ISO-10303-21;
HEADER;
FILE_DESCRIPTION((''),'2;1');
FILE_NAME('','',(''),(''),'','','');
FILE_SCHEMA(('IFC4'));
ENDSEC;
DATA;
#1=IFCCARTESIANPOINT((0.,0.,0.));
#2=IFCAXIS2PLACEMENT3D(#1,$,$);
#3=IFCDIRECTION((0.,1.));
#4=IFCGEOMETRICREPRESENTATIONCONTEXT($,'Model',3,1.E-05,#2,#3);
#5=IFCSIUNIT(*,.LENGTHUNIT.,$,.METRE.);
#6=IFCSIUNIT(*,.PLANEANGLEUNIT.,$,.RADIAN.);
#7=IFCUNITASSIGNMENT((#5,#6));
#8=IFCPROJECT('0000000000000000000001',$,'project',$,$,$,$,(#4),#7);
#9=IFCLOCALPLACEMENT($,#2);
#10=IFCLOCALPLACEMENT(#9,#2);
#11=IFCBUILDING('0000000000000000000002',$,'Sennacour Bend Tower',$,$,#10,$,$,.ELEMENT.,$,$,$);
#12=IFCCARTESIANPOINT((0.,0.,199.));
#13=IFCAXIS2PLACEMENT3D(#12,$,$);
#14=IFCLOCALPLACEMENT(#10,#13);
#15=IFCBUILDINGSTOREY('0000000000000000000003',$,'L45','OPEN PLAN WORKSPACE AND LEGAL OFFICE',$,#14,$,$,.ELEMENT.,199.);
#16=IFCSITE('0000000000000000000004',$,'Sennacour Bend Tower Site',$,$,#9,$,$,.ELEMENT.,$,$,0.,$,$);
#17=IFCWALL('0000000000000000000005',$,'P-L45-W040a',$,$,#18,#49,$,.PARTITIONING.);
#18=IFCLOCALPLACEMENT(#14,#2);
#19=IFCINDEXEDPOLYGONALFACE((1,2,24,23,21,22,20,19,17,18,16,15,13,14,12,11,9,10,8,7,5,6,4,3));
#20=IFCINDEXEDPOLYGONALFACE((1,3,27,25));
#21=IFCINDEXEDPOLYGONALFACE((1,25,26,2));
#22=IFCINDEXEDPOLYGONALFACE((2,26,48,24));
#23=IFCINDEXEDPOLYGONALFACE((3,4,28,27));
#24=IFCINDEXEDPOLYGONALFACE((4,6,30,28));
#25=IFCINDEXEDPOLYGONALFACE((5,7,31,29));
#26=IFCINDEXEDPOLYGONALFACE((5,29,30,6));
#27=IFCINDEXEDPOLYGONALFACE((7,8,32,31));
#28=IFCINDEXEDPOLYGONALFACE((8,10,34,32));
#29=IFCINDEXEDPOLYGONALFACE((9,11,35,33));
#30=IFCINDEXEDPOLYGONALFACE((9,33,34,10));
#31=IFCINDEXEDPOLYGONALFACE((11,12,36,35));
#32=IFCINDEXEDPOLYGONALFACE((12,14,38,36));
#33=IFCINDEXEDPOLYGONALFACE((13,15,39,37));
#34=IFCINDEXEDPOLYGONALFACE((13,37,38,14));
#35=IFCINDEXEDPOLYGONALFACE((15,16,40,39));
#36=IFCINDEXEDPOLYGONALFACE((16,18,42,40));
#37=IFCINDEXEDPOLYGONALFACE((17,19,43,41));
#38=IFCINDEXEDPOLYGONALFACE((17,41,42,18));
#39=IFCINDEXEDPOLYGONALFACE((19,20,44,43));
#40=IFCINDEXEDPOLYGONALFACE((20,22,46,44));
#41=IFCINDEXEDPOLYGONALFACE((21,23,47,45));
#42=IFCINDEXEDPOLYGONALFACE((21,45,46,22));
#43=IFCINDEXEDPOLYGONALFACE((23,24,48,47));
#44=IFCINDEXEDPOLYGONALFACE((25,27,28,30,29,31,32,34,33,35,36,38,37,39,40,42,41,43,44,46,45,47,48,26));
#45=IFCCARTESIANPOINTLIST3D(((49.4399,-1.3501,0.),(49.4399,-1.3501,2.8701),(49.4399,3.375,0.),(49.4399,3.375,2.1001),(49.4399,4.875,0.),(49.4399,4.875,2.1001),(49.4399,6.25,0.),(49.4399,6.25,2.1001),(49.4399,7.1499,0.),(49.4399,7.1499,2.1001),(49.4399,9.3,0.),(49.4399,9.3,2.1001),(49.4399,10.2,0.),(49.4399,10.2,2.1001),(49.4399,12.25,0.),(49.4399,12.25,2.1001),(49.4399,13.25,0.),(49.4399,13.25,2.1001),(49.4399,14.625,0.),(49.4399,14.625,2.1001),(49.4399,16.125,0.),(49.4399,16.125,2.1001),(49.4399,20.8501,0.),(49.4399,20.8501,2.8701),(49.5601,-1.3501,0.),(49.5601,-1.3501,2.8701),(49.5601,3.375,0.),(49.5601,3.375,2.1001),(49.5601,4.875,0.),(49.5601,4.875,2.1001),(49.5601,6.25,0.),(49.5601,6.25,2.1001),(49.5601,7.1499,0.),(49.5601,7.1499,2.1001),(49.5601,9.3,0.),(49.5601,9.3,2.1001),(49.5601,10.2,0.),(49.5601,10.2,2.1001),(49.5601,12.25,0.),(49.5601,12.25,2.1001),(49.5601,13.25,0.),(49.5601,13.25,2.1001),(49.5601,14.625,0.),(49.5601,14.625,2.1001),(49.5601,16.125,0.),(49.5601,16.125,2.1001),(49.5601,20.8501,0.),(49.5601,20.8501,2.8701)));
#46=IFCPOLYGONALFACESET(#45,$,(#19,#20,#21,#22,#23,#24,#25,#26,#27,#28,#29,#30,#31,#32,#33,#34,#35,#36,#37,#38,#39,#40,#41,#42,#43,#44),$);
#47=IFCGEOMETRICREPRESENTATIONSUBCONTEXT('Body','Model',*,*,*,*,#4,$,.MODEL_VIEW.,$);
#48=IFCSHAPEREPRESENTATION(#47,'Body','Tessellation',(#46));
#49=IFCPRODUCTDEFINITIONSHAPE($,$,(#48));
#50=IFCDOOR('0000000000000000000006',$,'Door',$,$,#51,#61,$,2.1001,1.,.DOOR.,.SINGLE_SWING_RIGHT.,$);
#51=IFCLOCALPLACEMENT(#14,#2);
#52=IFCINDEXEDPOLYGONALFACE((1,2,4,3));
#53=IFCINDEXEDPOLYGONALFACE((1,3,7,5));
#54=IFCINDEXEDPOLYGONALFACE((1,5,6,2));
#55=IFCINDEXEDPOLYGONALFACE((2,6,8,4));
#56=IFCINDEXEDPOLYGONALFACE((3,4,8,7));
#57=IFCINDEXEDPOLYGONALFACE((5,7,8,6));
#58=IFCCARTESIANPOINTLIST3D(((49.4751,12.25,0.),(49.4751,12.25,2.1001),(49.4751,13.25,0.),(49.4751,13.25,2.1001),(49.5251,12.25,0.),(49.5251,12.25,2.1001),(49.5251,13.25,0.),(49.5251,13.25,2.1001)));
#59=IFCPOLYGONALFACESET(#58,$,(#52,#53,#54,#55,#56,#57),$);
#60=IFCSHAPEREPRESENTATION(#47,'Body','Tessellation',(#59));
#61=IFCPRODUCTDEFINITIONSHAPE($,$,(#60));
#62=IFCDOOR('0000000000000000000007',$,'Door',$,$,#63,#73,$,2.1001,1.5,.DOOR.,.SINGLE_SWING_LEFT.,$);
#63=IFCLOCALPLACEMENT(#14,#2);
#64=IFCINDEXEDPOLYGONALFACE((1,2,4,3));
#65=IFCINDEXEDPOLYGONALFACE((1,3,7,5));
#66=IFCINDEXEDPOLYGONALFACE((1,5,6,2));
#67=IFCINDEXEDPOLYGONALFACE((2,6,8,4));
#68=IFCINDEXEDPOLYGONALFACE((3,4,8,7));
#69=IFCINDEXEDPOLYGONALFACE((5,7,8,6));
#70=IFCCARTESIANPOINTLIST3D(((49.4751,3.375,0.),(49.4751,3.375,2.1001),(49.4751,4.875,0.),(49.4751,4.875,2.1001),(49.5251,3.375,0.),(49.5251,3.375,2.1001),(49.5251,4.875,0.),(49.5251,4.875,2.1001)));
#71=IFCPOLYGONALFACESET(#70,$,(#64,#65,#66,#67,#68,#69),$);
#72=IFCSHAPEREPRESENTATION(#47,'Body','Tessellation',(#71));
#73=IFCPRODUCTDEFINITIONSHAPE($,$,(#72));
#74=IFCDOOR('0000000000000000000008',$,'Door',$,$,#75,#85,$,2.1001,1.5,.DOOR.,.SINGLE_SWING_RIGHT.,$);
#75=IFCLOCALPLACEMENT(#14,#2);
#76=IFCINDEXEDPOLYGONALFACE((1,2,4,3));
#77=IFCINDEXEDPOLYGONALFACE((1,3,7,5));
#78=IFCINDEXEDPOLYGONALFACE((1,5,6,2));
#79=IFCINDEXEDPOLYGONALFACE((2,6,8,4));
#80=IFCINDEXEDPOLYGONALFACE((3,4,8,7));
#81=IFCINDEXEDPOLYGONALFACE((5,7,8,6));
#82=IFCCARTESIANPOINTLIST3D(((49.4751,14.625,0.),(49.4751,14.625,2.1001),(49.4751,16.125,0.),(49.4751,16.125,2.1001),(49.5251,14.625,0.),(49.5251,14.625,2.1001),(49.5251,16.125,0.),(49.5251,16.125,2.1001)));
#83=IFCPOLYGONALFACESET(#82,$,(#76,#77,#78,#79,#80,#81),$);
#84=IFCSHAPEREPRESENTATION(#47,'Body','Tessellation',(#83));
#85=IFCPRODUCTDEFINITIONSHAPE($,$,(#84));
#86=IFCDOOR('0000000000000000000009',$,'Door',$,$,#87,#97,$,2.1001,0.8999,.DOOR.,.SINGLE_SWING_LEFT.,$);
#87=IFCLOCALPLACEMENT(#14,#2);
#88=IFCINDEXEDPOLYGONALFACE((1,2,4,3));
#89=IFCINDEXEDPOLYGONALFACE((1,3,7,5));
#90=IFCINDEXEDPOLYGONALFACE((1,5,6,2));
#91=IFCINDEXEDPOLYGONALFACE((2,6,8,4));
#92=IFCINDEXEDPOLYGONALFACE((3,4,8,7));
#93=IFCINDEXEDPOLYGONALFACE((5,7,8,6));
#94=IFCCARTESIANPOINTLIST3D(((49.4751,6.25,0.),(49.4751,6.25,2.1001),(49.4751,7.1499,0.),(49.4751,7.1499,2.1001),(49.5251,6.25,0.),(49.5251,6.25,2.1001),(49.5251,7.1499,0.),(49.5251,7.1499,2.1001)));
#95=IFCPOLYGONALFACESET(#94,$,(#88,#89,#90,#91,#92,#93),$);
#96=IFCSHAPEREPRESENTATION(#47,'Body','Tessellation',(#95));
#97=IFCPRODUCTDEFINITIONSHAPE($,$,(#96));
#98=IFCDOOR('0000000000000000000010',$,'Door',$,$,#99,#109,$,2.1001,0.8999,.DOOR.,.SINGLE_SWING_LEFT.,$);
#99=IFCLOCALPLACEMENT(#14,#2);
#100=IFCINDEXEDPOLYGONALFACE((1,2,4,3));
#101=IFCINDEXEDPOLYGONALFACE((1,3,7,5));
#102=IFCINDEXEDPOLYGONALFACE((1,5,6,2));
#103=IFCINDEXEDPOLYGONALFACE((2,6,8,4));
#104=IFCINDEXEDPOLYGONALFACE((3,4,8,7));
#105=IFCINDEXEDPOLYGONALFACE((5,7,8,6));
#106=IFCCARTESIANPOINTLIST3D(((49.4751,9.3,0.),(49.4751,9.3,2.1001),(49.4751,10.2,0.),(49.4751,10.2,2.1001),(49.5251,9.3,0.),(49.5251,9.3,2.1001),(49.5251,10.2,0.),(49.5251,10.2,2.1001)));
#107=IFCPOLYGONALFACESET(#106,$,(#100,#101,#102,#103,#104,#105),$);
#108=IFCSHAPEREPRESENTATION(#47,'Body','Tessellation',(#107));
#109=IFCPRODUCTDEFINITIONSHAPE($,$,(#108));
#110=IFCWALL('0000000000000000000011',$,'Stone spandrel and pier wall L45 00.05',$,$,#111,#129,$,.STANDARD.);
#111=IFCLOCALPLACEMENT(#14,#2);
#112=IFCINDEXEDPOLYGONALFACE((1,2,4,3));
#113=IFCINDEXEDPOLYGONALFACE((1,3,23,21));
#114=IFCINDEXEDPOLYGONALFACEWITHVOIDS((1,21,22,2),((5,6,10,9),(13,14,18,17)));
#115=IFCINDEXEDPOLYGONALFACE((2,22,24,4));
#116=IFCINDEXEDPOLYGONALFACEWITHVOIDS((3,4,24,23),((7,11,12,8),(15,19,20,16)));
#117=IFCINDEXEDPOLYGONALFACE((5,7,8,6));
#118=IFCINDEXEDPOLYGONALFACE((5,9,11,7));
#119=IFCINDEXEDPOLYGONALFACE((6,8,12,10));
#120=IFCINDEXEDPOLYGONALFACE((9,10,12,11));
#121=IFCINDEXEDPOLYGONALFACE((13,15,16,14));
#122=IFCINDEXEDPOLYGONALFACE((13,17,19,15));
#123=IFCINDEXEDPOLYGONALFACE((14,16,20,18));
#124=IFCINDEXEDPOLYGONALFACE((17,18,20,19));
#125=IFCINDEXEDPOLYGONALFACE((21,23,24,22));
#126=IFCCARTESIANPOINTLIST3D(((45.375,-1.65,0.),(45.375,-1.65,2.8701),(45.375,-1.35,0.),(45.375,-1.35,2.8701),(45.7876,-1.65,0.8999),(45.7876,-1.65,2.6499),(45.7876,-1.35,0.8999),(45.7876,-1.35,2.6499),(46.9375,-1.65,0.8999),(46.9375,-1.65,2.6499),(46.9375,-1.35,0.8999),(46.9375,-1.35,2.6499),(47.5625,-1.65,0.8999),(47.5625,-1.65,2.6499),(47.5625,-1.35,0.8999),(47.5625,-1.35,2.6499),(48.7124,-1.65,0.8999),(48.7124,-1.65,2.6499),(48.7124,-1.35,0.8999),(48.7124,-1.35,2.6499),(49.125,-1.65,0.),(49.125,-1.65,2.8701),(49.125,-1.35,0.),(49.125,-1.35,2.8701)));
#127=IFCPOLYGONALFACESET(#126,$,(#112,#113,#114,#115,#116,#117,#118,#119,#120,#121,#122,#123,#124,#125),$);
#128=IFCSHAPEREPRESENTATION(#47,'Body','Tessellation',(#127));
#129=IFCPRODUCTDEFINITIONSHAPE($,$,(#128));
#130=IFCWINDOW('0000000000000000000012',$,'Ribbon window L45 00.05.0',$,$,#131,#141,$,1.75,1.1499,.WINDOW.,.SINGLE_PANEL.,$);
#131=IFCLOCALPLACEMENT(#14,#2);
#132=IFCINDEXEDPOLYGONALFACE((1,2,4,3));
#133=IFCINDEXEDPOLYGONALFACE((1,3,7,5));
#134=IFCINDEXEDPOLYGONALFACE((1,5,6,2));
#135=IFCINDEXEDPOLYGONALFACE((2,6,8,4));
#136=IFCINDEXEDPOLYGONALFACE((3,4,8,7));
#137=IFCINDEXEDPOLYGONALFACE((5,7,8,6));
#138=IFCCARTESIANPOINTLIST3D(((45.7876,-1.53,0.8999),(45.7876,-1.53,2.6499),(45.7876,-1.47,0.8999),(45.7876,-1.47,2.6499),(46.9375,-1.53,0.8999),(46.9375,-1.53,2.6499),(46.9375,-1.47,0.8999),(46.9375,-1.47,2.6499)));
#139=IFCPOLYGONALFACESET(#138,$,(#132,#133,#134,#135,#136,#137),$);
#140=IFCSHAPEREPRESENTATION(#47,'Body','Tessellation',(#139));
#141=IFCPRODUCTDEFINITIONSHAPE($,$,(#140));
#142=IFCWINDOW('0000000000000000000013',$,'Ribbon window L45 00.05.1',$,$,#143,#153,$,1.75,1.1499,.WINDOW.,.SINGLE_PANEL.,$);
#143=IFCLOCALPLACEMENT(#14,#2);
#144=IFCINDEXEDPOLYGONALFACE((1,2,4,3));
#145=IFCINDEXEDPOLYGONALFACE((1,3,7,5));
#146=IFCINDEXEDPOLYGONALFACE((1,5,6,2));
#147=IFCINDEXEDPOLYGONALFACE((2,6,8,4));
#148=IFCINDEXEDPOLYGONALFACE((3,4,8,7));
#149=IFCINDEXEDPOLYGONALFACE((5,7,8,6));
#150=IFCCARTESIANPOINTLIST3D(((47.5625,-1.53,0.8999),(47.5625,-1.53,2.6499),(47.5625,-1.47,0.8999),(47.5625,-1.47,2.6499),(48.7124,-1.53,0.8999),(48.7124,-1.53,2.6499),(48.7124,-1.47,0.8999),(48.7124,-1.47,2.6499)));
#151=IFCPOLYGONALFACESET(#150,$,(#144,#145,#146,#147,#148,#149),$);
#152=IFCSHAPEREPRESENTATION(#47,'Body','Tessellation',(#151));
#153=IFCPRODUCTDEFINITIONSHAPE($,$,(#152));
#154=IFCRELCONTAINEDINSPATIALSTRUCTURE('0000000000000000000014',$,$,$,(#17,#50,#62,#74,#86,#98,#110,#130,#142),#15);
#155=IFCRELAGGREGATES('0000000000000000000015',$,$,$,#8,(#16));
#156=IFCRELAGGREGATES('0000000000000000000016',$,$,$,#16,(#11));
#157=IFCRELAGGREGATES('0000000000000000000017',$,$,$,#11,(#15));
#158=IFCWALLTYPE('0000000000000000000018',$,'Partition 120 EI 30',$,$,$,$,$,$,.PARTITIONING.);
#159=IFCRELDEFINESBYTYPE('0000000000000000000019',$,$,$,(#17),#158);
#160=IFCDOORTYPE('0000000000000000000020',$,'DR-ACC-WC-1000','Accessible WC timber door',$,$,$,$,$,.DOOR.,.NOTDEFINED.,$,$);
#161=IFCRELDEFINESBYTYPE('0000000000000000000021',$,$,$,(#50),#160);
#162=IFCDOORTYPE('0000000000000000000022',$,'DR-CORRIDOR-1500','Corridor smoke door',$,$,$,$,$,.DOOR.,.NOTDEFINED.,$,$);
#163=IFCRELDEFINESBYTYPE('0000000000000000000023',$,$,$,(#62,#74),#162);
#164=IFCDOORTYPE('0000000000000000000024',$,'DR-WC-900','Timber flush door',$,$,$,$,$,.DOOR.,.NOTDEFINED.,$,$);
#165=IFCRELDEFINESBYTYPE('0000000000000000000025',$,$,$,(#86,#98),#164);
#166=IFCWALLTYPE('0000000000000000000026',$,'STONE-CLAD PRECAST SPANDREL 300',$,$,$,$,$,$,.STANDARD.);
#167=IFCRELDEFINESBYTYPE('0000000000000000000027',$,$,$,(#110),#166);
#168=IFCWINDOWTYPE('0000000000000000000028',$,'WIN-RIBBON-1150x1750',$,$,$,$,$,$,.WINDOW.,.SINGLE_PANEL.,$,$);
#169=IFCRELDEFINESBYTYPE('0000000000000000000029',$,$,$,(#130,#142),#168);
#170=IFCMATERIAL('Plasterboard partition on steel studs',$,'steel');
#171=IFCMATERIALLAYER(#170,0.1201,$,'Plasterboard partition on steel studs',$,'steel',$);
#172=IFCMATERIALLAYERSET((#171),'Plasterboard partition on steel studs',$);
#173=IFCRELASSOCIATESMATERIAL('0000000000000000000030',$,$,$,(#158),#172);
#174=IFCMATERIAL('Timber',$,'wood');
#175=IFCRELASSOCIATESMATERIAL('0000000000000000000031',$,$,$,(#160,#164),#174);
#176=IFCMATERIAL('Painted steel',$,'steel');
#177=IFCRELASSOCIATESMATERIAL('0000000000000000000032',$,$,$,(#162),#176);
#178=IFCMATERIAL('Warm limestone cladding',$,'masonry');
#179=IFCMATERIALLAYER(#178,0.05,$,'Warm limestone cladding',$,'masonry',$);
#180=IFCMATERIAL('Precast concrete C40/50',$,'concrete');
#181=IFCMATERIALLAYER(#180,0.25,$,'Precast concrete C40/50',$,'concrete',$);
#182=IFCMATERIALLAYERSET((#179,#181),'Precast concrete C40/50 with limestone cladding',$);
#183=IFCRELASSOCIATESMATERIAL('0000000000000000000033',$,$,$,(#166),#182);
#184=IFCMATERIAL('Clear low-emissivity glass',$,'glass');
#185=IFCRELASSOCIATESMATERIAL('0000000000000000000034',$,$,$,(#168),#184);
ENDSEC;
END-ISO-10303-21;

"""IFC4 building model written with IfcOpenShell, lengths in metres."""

from ifc_helpers import new_model, si_unit, direction, frame, frame_2d, origin, place, context, subcontext, project, spatial, rectangle, extrude, material, layer, layer_set, type_object, element, fill, save


model = new_model("IFC4")

# Units and contexts
model_context = context("Model", 3, precision=1e-05, world=origin(), true_north=direction((0.0, 1.0)))
body_context = subcontext(model_context, "Body", "Model", "MODEL_VIEW")
ifc_project = project(units=[si_unit("LENGTHUNIT", "METRE"), si_unit("PLANEANGLEUNIT", "RADIAN")], contexts=[model_context])

# Site, building, storey
site_placement = place(None, origin())
site = spatial("IfcSite", under=ifc_project, at=site_placement, Name="Sennacour Bend Tower Site", CompositionType="ELEMENT", RefElevation=0.0)
building_placement = place(site_placement, origin())
building = spatial("IfcBuilding", under=site, at=building_placement, Name="Sennacour Bend Tower", CompositionType="ELEMENT")
storey_placement = place(building_placement, frame((0.0, 0.0, 199.0)))
storey = spatial("IfcBuildingStorey", under=building, at=storey_placement, Name="L45", Description="OPEN PLAN WORKSPACE AND LEGAL OFFICE", CompositionType="ELEMENT", Elevation=199.0)

# Shared definitions
ifc_material_1 = material(Name="Plasterboard partition on steel studs", Category="steel")

# Wall, openings, doors
ifc_layer_1 = layer(ifc_material_1, 0.1201, Name="Plasterboard partition on steel studs", Category="steel")
ifc_layer_set_1 = layer_set([ifc_layer_1], Name="Plasterboard partition on steel studs")
wall_type_1 = type_object("IfcWallType", Name="Partition 120 EI 30", PredefinedType="PARTITIONING", material=ifc_layer_set_1)
wall_1_placement = place(storey_placement, frame((49.5, -1.3501, 0.0), z_axis=(0.0, 0.0, 1.0), x_axis=(0.0, 1.0, 0.0)))
wall_1 = element("IfcWall", 1, at=wall_1_placement, inside=storey, type_object=wall_type_1, Name="P-L45-W040a", PredefinedType="PARTITIONING", context=body_context, shape_type="SweptSolid", body=[
    extrude(rectangle(XDim=22.2002, YDim=0.1201, at=frame_2d((11.1001, 0.0))), origin(), (0.0, 0.0, 1.0), 2.8701),
])
opening_1_placement = place(wall_1_placement, frame((4.7251, 0.0, 0.0)))
opening_1 = element("IfcOpeningElement", 2, at=opening_1_placement, cuts=wall_1, PredefinedType="OPENING", context=body_context, shape_type="SweptSolid", body=[
    extrude(rectangle(XDim=1.5, YDim=2.1001, at=frame_2d((0.75, 1.05))), frame((0.0, 0.0701, 0.0), z_axis=(0.0, -1.0, 0.0), x_axis=(1.0, 0.0, 0.0)), (0.0, 0.0, 1.0), 0.1401),
])
opening_2_placement = place(wall_1_placement, frame((15.9751, 0.0, 0.0)))
opening_2 = element("IfcOpeningElement", 3, at=opening_2_placement, cuts=wall_1, PredefinedType="OPENING", context=body_context, shape_type="SweptSolid", body=[
    extrude(rectangle(XDim=1.5, YDim=2.1001, at=frame_2d((0.75, 1.05))), frame((0.0, 0.0701, 0.0), z_axis=(0.0, -1.0, 0.0), x_axis=(1.0, 0.0, 0.0)), (0.0, 0.0, 1.0), 0.1401),
])
opening_3_placement = place(wall_1_placement, frame((7.6001, 0.0, 0.0)))
opening_3 = element("IfcOpeningElement", 4, at=opening_3_placement, cuts=wall_1, PredefinedType="OPENING", context=body_context, shape_type="SweptSolid", body=[
    extrude(rectangle(XDim=0.8999, YDim=2.1001, at=frame_2d((0.45, 1.05))), frame((0.0, 0.0701, 0.0), z_axis=(0.0, -1.0, 0.0), x_axis=(1.0, 0.0, 0.0)), (0.0, 0.0, 1.0), 0.1401),
])
opening_4_placement = place(wall_1_placement, frame((10.6501, 0.0, 0.0)))
opening_4 = element("IfcOpeningElement", 5, at=opening_4_placement, cuts=wall_1, PredefinedType="OPENING", context=body_context, shape_type="SweptSolid", body=[
    extrude(rectangle(XDim=0.8999, YDim=2.1001, at=frame_2d((0.45, 1.05))), frame((0.0, 0.0701, 0.0), z_axis=(0.0, -1.0, 0.0), x_axis=(1.0, 0.0, 0.0)), (0.0, 0.0, 1.0), 0.1401),
])
opening_5_placement = place(wall_1_placement, frame((13.6001, 0.0, 0.0)))
opening_5 = element("IfcOpeningElement", 6, at=opening_5_placement, cuts=wall_1, PredefinedType="OPENING", context=body_context, shape_type="SweptSolid", body=[
    extrude(rectangle(XDim=1.0, YDim=2.1001, at=frame_2d((0.5, 1.05))), frame((0.0, 0.0701, 0.0), z_axis=(0.0, -1.0, 0.0), x_axis=(1.0, 0.0, 0.0)), (0.0, 0.0, 1.0), 0.1401),
])
ifc_material_2 = material(Name="Timber", Category="wood")
door_type_1 = type_object("IfcDoorType", Name="DR-ACC-WC-1000", Description="Accessible WC timber door", OperationType="NOTDEFINED", PredefinedType="DOOR", material=ifc_material_2)
door_1_placement = place(opening_5_placement, origin())
door_1 = element("IfcDoor", 7, at=door_1_placement, inside=storey, type_object=door_type_1, Name="Door", OperationType="SINGLE_SWING_RIGHT", OverallHeight=2.1001, OverallWidth=1.0, PredefinedType="DOOR", context=body_context, shape_type="SweptSolid", body=[
    extrude(rectangle(XDim=1.0, YDim=2.1001, at=frame_2d((0.5, 1.05))), frame((0.0, 0.0249, 0.0), z_axis=(0.0, -1.0, 0.0), x_axis=(1.0, 0.0, 0.0)), (0.0, 0.0, 1.0), 0.05),
])
fill(opening_5, door_1)
ifc_material_3 = material(Name="Painted steel", Category="steel")
door_type_2 = type_object("IfcDoorType", Name="DR-CORRIDOR-1500", Description="Corridor smoke door", OperationType="NOTDEFINED", PredefinedType="DOOR", material=ifc_material_3)
door_2_placement = place(opening_1_placement, origin())
door_2 = element("IfcDoor", 8, at=door_2_placement, inside=storey, type_object=door_type_2, Name="Door", OperationType="SINGLE_SWING_LEFT", OverallHeight=2.1001, OverallWidth=1.5, PredefinedType="DOOR", context=body_context, shape_type="SweptSolid", body=[
    extrude(rectangle(XDim=1.5, YDim=2.1001, at=frame_2d((0.75, 1.05))), frame((0.0, 0.0249, 0.0), z_axis=(0.0, -1.0, 0.0), x_axis=(1.0, 0.0, 0.0)), (0.0, 0.0, 1.0), 0.05),
])
fill(opening_1, door_2)
door_3_placement = place(opening_2_placement, origin())
door_3 = element("IfcDoor", 9, at=door_3_placement, inside=storey, type_object=door_type_2, Name="Door", OperationType="SINGLE_SWING_RIGHT", OverallHeight=2.1001, OverallWidth=1.5, PredefinedType="DOOR", context=body_context, shape_type="SweptSolid", body=[
    extrude(rectangle(XDim=1.5, YDim=2.1001, at=frame_2d((0.75, 1.05))), frame((0.0, 0.0249, 0.0), z_axis=(0.0, -1.0, 0.0), x_axis=(1.0, 0.0, 0.0)), (0.0, 0.0, 1.0), 0.05),
])
fill(opening_2, door_3)
door_type_3 = type_object("IfcDoorType", Name="DR-WC-900", Description="Timber flush door", OperationType="NOTDEFINED", PredefinedType="DOOR", material=ifc_material_2)
door_4_placement = place(opening_3_placement, origin())
door_4 = element("IfcDoor", 10, at=door_4_placement, inside=storey, type_object=door_type_3, Name="Door", OperationType="SINGLE_SWING_LEFT", OverallHeight=2.1001, OverallWidth=0.8999, PredefinedType="DOOR", context=body_context, shape_type="SweptSolid", body=[
    extrude(rectangle(XDim=0.8999, YDim=2.1001, at=frame_2d((0.45, 1.05))), frame((0.0, 0.0249, 0.0), z_axis=(0.0, -1.0, 0.0), x_axis=(1.0, 0.0, 0.0)), (0.0, 0.0, 1.0), 0.05),
])
fill(opening_3, door_4)
door_5_placement = place(opening_4_placement, origin())
door_5 = element("IfcDoor", 11, at=door_5_placement, inside=storey, type_object=door_type_3, Name="Door", OperationType="SINGLE_SWING_LEFT", OverallHeight=2.1001, OverallWidth=0.8999, PredefinedType="DOOR", context=body_context, shape_type="SweptSolid", body=[
    extrude(rectangle(XDim=0.8999, YDim=2.1001, at=frame_2d((0.45, 1.05))), frame((0.0, 0.0249, 0.0), z_axis=(0.0, -1.0, 0.0), x_axis=(1.0, 0.0, 0.0)), (0.0, 0.0, 1.0), 0.05),
])
fill(opening_4, door_5)

# Wall, openings, windows
ifc_material_4 = material(Name="Warm limestone cladding", Category="masonry")
ifc_layer_2 = layer(ifc_material_4, 0.05, Name="Warm limestone cladding", Category="masonry")
ifc_material_5 = material(Name="Precast concrete C40/50", Category="concrete")
ifc_layer_3 = layer(ifc_material_5, 0.25, Name="Precast concrete C40/50", Category="concrete")
ifc_layer_set_2 = layer_set([ifc_layer_2, ifc_layer_3], Name="Precast concrete C40/50 with limestone cladding")
wall_type_2 = type_object("IfcWallType", Name="STONE-CLAD PRECAST SPANDREL 300", PredefinedType="STANDARD", material=ifc_layer_set_2)
wall_2_placement = place(storey_placement, frame((45.375, -1.5, 0.0), z_axis=(0.0, 0.0, 1.0), x_axis=(1.0, 0.0, 0.0)))
wall_2 = element("IfcWall", 12, at=wall_2_placement, inside=storey, type_object=wall_type_2, Name="Stone spandrel and pier wall L45 00.05", PredefinedType="STANDARD", context=body_context, shape_type="SweptSolid", body=[
    extrude(rectangle(XDim=3.75, YDim=0.3, at=frame_2d((1.875, 0.0))), origin(), (0.0, 0.0, 1.0), 2.8701),
])
opening_6_placement = place(wall_2_placement, frame((0.4126, 0.0, 0.8999)))
opening_6 = element("IfcOpeningElement", 13, at=opening_6_placement, cuts=wall_2, PredefinedType="OPENING", context=body_context, shape_type="SweptSolid", body=[
    extrude(rectangle(XDim=1.1499, YDim=1.75, at=frame_2d((0.575, 0.875))), frame((0.0, 0.1602, 0.0), z_axis=(0.0, -1.0, 0.0), x_axis=(1.0, 0.0, 0.0)), (0.0, 0.0, 1.0), 0.3201),
])
opening_7_placement = place(wall_2_placement, frame((2.1875, 0.0, 0.8999)))
opening_7 = element("IfcOpeningElement", 14, at=opening_7_placement, cuts=wall_2, PredefinedType="OPENING", context=body_context, shape_type="SweptSolid", body=[
    extrude(rectangle(XDim=1.1499, YDim=1.75, at=frame_2d((0.575, 0.875))), frame((0.0, 0.1602, 0.0), z_axis=(0.0, -1.0, 0.0), x_axis=(1.0, 0.0, 0.0)), (0.0, 0.0, 1.0), 0.3201),
])
ifc_material_6 = material(Name="Clear low-emissivity glass", Category="glass")
window_type = type_object("IfcWindowType", Name="WIN-RIBBON-1150x1750", PartitioningType="SINGLE_PANEL", PredefinedType="WINDOW", material=ifc_material_6)
window_1_placement = place(opening_6_placement, origin())
window_1 = element("IfcWindow", 15, at=window_1_placement, inside=storey, type_object=window_type, Name="Ribbon window L45 00.05.0", OverallHeight=1.75, OverallWidth=1.1499, PartitioningType="SINGLE_PANEL", PredefinedType="WINDOW", context=body_context, shape_type="SweptSolid", body=[
    extrude(rectangle(XDim=1.1499, YDim=1.75, at=frame_2d((0.575, 0.875))), frame((0.0, 0.03, 0.0), z_axis=(0.0, -1.0, 0.0), x_axis=(1.0, 0.0, 0.0)), (0.0, 0.0, 1.0), 0.0601),
])
fill(opening_6, window_1)
window_2_placement = place(opening_7_placement, origin())
window_2 = element("IfcWindow", 16, at=window_2_placement, inside=storey, type_object=window_type, Name="Ribbon window L45 00.05.1", OverallHeight=1.75, OverallWidth=1.1499, PartitioningType="SINGLE_PANEL", PredefinedType="WINDOW", context=body_context, shape_type="SweptSolid", body=[
    extrude(rectangle(XDim=1.1499, YDim=1.75, at=frame_2d((0.575, 0.875))), frame((0.0, 0.03, 0.0), z_axis=(0.0, -1.0, 0.0), x_axis=(1.0, 0.0, 0.0)), (0.0, 0.0, 1.0), 0.0601),
])
fill(opening_7, window_2)

save(model, "model.ifc")
